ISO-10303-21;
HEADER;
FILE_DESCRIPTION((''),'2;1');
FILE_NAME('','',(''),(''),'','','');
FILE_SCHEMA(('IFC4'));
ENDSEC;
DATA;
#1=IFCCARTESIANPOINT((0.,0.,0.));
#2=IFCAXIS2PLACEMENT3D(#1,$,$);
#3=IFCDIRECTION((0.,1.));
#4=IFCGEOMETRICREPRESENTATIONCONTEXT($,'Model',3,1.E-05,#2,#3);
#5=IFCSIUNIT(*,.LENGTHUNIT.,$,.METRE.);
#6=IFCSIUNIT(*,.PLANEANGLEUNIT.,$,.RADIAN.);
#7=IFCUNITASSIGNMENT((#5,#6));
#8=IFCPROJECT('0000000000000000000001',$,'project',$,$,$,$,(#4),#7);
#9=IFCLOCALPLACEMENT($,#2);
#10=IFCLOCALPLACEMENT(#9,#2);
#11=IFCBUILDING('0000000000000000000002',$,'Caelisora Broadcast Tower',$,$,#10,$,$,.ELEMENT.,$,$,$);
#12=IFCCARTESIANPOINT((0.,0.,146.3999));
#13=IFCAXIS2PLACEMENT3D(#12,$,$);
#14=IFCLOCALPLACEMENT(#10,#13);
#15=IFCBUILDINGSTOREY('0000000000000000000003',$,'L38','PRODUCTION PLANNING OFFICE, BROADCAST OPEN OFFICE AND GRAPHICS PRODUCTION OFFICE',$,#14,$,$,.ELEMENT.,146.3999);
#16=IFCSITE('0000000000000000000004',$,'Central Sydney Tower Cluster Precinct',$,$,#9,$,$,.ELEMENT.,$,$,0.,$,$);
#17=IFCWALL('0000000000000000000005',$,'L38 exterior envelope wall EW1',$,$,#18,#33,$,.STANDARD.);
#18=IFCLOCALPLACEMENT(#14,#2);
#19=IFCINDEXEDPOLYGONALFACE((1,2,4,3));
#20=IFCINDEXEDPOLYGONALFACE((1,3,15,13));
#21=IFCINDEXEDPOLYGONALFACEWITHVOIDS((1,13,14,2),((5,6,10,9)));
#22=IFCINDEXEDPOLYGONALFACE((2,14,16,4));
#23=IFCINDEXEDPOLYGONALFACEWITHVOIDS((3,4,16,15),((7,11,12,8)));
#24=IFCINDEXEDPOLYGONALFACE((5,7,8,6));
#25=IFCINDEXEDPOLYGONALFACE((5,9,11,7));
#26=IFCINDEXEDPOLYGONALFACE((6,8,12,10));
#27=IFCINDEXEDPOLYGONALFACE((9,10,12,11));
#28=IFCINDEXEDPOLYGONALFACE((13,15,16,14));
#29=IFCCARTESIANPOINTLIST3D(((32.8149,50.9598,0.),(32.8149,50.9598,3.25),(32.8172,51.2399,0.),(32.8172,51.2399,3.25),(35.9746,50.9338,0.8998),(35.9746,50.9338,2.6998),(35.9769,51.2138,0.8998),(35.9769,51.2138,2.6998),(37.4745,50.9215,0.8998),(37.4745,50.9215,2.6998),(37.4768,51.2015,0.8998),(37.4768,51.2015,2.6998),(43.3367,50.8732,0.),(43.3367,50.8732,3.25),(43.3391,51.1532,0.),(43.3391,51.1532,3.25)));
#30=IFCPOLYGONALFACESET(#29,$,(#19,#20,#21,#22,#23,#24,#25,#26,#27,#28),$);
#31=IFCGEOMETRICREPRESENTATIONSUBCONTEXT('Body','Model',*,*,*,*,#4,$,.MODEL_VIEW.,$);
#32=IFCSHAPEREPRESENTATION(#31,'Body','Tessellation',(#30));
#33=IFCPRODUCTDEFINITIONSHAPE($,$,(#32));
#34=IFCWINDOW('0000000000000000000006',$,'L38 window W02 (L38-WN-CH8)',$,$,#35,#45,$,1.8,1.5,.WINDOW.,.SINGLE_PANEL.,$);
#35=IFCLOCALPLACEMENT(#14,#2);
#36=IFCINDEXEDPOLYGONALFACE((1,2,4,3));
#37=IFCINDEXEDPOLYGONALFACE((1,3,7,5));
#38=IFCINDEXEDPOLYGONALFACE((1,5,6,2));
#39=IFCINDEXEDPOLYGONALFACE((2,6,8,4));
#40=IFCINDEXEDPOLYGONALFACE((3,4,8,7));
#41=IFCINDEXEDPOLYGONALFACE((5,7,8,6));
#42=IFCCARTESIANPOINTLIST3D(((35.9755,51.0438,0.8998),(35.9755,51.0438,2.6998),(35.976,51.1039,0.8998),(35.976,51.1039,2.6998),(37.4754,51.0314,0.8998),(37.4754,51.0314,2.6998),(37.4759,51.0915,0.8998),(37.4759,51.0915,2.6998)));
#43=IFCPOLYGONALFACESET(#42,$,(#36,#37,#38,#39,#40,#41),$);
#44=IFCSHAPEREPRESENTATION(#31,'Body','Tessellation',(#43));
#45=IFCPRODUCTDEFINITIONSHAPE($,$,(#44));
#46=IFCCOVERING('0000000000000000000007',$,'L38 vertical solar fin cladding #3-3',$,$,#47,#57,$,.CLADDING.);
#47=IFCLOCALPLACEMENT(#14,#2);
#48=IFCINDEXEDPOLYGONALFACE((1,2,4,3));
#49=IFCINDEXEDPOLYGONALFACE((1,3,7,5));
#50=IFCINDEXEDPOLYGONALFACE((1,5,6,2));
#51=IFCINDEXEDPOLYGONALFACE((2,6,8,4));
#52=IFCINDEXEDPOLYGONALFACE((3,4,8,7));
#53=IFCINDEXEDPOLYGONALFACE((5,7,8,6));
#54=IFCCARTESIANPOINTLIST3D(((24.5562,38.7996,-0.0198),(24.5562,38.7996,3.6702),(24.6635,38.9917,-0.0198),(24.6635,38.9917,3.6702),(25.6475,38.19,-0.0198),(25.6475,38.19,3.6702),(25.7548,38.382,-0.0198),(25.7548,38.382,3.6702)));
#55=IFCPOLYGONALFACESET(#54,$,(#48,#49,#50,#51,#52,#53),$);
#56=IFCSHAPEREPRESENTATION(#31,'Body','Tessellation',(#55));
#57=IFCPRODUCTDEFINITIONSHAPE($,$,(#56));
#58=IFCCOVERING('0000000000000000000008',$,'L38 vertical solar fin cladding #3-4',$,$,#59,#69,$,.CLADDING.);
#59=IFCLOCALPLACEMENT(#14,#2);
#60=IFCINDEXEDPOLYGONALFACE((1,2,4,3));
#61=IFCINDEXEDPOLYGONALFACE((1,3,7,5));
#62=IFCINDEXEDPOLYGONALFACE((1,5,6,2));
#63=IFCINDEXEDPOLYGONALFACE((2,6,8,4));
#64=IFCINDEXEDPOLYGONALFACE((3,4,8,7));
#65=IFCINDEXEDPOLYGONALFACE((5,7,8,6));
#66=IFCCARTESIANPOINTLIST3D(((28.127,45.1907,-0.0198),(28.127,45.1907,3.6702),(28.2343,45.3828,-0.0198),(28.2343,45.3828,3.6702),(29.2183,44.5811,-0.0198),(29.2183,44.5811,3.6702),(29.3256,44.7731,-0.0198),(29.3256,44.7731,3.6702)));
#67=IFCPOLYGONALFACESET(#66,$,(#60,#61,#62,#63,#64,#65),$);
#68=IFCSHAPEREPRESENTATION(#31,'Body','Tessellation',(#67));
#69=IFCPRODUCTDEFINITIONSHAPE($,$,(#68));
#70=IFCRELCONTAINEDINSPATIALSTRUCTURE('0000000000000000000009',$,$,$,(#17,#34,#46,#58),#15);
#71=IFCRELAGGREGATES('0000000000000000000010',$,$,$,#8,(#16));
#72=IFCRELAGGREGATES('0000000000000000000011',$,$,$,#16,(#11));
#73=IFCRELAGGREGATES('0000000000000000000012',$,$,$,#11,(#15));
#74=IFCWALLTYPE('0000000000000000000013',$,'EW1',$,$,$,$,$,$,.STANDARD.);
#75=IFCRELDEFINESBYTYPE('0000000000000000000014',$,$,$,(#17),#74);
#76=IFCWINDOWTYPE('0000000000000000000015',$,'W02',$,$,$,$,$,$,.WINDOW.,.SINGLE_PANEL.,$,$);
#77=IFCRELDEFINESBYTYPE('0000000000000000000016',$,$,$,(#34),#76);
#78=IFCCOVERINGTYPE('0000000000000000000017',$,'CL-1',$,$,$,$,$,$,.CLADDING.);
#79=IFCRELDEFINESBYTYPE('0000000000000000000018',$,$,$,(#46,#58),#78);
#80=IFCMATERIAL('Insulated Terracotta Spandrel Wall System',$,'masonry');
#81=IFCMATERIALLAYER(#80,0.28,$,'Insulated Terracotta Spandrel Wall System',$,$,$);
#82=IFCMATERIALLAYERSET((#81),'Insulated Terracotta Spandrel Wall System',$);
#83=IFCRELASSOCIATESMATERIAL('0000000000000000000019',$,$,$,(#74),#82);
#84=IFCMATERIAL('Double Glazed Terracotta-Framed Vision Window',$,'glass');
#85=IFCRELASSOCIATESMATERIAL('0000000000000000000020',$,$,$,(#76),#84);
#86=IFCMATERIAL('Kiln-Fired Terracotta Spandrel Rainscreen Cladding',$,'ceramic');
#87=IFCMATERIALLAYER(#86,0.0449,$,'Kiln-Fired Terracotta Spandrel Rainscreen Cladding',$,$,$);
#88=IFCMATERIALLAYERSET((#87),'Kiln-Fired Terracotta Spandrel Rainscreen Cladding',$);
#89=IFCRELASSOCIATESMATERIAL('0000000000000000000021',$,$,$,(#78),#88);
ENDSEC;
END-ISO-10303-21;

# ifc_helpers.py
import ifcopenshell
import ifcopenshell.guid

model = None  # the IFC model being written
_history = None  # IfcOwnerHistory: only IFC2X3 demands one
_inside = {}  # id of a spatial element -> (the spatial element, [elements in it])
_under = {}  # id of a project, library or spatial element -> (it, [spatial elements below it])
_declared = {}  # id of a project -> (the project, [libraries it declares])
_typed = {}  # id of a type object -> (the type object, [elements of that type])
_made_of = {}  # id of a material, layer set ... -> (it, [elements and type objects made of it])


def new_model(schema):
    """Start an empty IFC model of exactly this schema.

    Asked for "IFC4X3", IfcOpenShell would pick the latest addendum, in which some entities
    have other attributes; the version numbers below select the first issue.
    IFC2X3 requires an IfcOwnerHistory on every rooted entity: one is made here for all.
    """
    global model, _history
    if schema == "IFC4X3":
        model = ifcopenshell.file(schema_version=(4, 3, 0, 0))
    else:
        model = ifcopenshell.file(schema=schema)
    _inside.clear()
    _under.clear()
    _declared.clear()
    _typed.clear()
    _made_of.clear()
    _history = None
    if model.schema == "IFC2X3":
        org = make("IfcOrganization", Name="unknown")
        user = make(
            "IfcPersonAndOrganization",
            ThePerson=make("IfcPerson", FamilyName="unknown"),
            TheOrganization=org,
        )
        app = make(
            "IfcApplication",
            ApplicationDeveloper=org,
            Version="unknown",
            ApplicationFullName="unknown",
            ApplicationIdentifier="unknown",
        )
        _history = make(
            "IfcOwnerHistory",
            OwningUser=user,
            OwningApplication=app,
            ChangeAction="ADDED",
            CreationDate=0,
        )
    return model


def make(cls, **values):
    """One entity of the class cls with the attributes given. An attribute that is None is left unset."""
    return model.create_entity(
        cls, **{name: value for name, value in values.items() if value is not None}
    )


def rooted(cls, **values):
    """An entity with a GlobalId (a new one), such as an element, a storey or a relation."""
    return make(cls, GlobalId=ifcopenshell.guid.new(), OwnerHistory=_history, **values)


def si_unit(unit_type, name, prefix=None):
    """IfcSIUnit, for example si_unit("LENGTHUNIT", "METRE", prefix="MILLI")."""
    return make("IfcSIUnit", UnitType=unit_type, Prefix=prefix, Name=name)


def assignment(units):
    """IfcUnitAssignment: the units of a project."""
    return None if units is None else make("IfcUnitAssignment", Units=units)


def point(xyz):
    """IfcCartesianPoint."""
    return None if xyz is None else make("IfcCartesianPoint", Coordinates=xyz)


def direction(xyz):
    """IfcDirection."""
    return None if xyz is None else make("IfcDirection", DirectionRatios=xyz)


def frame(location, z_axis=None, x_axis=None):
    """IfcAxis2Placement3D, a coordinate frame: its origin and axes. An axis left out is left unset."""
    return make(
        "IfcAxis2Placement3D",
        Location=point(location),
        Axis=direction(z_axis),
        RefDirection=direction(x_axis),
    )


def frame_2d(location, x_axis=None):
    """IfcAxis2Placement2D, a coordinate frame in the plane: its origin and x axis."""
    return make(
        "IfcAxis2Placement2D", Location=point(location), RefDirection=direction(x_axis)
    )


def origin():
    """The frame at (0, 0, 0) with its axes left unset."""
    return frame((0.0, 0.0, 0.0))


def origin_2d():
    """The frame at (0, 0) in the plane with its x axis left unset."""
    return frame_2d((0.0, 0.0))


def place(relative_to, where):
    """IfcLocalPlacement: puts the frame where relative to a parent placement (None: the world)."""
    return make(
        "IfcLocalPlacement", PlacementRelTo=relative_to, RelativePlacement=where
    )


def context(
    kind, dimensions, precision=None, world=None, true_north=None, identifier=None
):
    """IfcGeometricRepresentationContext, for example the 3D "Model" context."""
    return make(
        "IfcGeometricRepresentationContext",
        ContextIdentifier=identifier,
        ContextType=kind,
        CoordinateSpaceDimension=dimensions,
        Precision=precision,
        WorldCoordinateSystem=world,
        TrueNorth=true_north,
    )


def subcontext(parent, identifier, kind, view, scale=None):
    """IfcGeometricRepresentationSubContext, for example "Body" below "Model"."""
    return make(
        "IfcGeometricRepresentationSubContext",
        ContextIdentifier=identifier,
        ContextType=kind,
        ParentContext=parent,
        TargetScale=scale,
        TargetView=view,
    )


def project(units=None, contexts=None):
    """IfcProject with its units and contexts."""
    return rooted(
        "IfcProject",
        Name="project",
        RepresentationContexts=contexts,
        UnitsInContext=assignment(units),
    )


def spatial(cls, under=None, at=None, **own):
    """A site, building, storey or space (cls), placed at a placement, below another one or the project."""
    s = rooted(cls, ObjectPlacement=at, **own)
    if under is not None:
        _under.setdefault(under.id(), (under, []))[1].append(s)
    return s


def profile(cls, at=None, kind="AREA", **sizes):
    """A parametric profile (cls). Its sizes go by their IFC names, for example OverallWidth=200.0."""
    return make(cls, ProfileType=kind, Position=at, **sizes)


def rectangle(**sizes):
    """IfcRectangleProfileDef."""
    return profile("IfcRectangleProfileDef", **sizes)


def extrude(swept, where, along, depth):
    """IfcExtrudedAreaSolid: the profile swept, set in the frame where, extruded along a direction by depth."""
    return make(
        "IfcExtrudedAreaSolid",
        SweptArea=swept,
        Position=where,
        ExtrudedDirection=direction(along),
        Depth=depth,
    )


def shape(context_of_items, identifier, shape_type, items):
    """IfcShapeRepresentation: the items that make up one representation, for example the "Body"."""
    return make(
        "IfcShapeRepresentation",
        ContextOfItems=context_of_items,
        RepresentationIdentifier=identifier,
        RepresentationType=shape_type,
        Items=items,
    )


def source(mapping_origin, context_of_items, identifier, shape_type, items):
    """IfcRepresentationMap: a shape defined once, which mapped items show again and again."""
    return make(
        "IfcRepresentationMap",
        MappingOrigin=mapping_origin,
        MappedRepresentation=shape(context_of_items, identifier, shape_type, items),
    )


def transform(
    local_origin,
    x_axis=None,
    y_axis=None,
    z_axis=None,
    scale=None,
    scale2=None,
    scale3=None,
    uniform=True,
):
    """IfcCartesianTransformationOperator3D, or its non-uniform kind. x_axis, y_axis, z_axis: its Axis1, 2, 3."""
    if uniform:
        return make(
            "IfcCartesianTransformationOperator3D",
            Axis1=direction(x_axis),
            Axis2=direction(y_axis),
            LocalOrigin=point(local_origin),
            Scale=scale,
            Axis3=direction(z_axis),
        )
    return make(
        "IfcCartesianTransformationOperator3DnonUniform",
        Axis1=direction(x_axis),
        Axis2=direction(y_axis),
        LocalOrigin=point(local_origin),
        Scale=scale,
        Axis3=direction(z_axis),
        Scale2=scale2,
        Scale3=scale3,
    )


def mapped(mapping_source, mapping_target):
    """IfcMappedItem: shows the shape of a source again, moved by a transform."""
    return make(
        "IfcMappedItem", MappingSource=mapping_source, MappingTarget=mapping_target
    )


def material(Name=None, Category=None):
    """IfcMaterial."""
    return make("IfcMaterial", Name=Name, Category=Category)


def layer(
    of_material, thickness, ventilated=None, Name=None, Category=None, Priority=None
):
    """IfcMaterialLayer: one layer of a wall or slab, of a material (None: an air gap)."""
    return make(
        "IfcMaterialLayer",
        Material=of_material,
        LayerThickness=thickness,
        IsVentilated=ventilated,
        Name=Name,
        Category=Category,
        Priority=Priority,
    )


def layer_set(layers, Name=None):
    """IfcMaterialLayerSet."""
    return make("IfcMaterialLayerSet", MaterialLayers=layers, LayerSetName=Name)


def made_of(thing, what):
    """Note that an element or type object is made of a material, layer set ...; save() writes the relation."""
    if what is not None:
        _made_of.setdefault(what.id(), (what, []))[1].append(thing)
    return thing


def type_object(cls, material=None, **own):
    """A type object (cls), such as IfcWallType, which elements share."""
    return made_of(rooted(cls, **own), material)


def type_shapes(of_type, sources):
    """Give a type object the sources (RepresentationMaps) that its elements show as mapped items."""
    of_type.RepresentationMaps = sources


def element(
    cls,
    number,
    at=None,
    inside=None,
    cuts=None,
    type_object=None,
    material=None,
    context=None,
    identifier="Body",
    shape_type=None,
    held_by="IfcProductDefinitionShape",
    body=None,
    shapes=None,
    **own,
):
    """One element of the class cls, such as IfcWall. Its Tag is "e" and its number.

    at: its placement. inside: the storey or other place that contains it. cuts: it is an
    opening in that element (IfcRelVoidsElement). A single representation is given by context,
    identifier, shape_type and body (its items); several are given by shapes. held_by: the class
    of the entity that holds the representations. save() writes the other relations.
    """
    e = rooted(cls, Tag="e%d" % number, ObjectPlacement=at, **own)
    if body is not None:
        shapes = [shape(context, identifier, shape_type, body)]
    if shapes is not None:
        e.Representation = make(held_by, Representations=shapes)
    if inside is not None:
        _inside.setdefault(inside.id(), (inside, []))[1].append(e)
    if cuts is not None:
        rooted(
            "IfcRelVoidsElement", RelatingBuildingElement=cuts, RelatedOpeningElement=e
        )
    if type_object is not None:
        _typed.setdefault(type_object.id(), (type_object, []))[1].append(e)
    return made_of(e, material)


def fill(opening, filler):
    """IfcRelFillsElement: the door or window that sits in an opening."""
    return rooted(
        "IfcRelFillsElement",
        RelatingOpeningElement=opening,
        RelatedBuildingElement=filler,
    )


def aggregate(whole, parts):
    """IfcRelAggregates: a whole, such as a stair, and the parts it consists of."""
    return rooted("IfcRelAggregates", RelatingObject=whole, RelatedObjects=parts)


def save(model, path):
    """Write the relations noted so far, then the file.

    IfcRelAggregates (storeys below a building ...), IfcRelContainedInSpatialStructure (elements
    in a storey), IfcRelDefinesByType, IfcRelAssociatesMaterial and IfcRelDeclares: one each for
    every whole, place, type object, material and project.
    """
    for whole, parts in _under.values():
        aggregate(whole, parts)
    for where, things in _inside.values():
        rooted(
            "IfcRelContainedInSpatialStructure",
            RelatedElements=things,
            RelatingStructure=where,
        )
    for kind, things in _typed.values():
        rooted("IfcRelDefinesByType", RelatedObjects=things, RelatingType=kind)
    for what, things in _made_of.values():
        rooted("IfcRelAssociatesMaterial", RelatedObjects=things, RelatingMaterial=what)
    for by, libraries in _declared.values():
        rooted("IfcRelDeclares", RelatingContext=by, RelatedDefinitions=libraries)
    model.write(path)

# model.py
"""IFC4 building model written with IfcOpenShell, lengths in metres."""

from ifc_helpers import new_model, si_unit, direction, frame, frame_2d, origin, origin_2d, place, context, subcontext, project, spatial, rectangle, extrude, source, transform, mapped, material, layer, layer_set, type_object, type_shapes, element, fill, save


model = new_model("IFC4")

# Units and contexts
model_context = context("Model", 3, precision=1e-05, world=origin(), true_north=direction((0.0, 1.0)))
body_context = subcontext(model_context, "Body", "Model", "MODEL_VIEW")
ifc_project = project(units=[si_unit("LENGTHUNIT", "METRE"), si_unit("PLANEANGLEUNIT", "RADIAN")], contexts=[model_context])

# Site, building, storey
site_placement = place(None, origin())
site = spatial("IfcSite", under=ifc_project, at=site_placement, Name="Central Sydney Tower Cluster Precinct", CompositionType="ELEMENT", RefElevation=0.0)
building_placement = place(site_placement, origin())
building = spatial("IfcBuilding", under=site, at=building_placement, Name="Caelisora Broadcast Tower", CompositionType="ELEMENT")
storey_placement = place(building_placement, frame((0.0, 0.0, 146.3999)))
storey = spatial("IfcBuildingStorey", under=building, at=storey_placement, Name="L38", Description="PRODUCTION PLANNING OFFICE, BROADCAST OPEN OFFICE AND GRAPHICS PRODUCTION OFFICE", CompositionType="ELEMENT", Elevation=146.3999)

# Wall, opening, window
ifc_material_1 = material(Name="Insulated Terracotta Spandrel Wall System", Category="masonry")
ifc_layer_1 = layer(ifc_material_1, 0.28, Name="Insulated Terracotta Spandrel Wall System")
ifc_layer_set_1 = layer_set([ifc_layer_1], Name="Insulated Terracotta Spandrel Wall System")
wall_type = type_object("IfcWallType", Name="EW1", PredefinedType="STANDARD", material=ifc_layer_set_1)
wall_placement = place(storey_placement, frame((32.8159, 51.0999, 0.0), z_axis=(0.0, 0.0, 1.0), x_axis=(0.999966, -0.008237, 0.0)))
wall = element("IfcWall", 1, at=wall_placement, inside=storey, type_object=wall_type, Name="L38 exterior envelope wall EW1", PredefinedType="STANDARD", context=body_context, shape_type="SweptSolid", body=[
    extrude(rectangle(XDim=10.5222, YDim=0.28, at=frame_2d((5.2612, 0.0))), origin(), (0.0, 0.0, 1.0), 3.25),
])
opening_placement = place(wall_placement, frame((3.1599, 0.0, 0.8999)))
opening = element("IfcOpeningElement", 2, at=opening_placement, cuts=wall, PredefinedType="OPENING", context=body_context, shape_type="SweptSolid", body=[
    extrude(rectangle(XDim=1.5, YDim=1.8, at=frame_2d((0.75, 0.8999))), frame((0.0, 0.1521, 0.0), z_axis=(0.0, -1.0, 0.0), x_axis=(1.0, 0.0, 0.0)), (0.0, 0.0, 1.0), 0.304),
])
ifc_material_2 = material(Name="Double Glazed Terracotta-Framed Vision Window", Category="glass")
window_type = type_object("IfcWindowType", Name="W02", PartitioningType="SINGLE_PANEL", PredefinedType="WINDOW", material=ifc_material_2)
window_placement = place(opening_placement, origin())
window = element("IfcWindow", 3, at=window_placement, inside=storey, type_object=window_type, Name="L38 window W02 (L38-WN-CH8)", OverallHeight=1.8, OverallWidth=1.5, PartitioningType="SINGLE_PANEL", PredefinedType="WINDOW", context=body_context, shape_type="SweptSolid", body=[
    extrude(rectangle(XDim=1.5, YDim=1.8, at=frame_2d((0.75, 0.8999))), frame((0.0, 0.03, 0.0), z_axis=(0.0, -1.0, 0.0), x_axis=(1.0, 0.0, 0.0)), (0.0, 0.0, 1.0), 0.0601),
])
fill(opening, window)

# Coverings
ifc_material_3 = material(Name="Kiln-Fired Terracotta Spandrel Rainscreen Cladding", Category="ceramic")
ifc_layer_2 = layer(ifc_material_3, 0.0449, Name="Kiln-Fired Terracotta Spandrel Rainscreen Cladding")
ifc_layer_set_2 = layer_set([ifc_layer_2], Name="Kiln-Fired Terracotta Spandrel Rainscreen Cladding")
covering_type = type_object("IfcCoveringType", Name="CL-1", PredefinedType="CLADDING", material=ifc_layer_set_2)
shared_shape_1 = source(origin(), body_context, "Body", "SweptSolid", [
    extrude(rectangle(XDim=0.22, YDim=1.25, at=origin_2d()), origin(), (0.0, 0.0, 1.0), 3.6899),
])
type_shapes(covering_type, [shared_shape_1])
for number, where, z_axis, x_axis, name in (
    (4, (25.1555, 38.5908, -0.0198), (0.0, 0.0, 1.0), (0.487707, 0.873007, 0.0), "L38 vertical solar fin cladding #3-3"),
    (5, (28.7263, 44.9819, -0.0198), (0.0, 0.0, 1.0), (0.487707, 0.873007, 0.0), "L38 vertical solar fin cladding #3-4"),
):
    element("IfcCovering", number, at=place(storey_placement, frame(where, z_axis=z_axis, x_axis=x_axis)), inside=storey, type_object=covering_type, Name=name, PredefinedType="CLADDING", context=body_context, shape_type="MappedRepresentation", body=[
        mapped(shared_shape_1, transform((0.0, 0.0, 0.0), scale=1.0)),
    ])

save(model, "model.ifc")
